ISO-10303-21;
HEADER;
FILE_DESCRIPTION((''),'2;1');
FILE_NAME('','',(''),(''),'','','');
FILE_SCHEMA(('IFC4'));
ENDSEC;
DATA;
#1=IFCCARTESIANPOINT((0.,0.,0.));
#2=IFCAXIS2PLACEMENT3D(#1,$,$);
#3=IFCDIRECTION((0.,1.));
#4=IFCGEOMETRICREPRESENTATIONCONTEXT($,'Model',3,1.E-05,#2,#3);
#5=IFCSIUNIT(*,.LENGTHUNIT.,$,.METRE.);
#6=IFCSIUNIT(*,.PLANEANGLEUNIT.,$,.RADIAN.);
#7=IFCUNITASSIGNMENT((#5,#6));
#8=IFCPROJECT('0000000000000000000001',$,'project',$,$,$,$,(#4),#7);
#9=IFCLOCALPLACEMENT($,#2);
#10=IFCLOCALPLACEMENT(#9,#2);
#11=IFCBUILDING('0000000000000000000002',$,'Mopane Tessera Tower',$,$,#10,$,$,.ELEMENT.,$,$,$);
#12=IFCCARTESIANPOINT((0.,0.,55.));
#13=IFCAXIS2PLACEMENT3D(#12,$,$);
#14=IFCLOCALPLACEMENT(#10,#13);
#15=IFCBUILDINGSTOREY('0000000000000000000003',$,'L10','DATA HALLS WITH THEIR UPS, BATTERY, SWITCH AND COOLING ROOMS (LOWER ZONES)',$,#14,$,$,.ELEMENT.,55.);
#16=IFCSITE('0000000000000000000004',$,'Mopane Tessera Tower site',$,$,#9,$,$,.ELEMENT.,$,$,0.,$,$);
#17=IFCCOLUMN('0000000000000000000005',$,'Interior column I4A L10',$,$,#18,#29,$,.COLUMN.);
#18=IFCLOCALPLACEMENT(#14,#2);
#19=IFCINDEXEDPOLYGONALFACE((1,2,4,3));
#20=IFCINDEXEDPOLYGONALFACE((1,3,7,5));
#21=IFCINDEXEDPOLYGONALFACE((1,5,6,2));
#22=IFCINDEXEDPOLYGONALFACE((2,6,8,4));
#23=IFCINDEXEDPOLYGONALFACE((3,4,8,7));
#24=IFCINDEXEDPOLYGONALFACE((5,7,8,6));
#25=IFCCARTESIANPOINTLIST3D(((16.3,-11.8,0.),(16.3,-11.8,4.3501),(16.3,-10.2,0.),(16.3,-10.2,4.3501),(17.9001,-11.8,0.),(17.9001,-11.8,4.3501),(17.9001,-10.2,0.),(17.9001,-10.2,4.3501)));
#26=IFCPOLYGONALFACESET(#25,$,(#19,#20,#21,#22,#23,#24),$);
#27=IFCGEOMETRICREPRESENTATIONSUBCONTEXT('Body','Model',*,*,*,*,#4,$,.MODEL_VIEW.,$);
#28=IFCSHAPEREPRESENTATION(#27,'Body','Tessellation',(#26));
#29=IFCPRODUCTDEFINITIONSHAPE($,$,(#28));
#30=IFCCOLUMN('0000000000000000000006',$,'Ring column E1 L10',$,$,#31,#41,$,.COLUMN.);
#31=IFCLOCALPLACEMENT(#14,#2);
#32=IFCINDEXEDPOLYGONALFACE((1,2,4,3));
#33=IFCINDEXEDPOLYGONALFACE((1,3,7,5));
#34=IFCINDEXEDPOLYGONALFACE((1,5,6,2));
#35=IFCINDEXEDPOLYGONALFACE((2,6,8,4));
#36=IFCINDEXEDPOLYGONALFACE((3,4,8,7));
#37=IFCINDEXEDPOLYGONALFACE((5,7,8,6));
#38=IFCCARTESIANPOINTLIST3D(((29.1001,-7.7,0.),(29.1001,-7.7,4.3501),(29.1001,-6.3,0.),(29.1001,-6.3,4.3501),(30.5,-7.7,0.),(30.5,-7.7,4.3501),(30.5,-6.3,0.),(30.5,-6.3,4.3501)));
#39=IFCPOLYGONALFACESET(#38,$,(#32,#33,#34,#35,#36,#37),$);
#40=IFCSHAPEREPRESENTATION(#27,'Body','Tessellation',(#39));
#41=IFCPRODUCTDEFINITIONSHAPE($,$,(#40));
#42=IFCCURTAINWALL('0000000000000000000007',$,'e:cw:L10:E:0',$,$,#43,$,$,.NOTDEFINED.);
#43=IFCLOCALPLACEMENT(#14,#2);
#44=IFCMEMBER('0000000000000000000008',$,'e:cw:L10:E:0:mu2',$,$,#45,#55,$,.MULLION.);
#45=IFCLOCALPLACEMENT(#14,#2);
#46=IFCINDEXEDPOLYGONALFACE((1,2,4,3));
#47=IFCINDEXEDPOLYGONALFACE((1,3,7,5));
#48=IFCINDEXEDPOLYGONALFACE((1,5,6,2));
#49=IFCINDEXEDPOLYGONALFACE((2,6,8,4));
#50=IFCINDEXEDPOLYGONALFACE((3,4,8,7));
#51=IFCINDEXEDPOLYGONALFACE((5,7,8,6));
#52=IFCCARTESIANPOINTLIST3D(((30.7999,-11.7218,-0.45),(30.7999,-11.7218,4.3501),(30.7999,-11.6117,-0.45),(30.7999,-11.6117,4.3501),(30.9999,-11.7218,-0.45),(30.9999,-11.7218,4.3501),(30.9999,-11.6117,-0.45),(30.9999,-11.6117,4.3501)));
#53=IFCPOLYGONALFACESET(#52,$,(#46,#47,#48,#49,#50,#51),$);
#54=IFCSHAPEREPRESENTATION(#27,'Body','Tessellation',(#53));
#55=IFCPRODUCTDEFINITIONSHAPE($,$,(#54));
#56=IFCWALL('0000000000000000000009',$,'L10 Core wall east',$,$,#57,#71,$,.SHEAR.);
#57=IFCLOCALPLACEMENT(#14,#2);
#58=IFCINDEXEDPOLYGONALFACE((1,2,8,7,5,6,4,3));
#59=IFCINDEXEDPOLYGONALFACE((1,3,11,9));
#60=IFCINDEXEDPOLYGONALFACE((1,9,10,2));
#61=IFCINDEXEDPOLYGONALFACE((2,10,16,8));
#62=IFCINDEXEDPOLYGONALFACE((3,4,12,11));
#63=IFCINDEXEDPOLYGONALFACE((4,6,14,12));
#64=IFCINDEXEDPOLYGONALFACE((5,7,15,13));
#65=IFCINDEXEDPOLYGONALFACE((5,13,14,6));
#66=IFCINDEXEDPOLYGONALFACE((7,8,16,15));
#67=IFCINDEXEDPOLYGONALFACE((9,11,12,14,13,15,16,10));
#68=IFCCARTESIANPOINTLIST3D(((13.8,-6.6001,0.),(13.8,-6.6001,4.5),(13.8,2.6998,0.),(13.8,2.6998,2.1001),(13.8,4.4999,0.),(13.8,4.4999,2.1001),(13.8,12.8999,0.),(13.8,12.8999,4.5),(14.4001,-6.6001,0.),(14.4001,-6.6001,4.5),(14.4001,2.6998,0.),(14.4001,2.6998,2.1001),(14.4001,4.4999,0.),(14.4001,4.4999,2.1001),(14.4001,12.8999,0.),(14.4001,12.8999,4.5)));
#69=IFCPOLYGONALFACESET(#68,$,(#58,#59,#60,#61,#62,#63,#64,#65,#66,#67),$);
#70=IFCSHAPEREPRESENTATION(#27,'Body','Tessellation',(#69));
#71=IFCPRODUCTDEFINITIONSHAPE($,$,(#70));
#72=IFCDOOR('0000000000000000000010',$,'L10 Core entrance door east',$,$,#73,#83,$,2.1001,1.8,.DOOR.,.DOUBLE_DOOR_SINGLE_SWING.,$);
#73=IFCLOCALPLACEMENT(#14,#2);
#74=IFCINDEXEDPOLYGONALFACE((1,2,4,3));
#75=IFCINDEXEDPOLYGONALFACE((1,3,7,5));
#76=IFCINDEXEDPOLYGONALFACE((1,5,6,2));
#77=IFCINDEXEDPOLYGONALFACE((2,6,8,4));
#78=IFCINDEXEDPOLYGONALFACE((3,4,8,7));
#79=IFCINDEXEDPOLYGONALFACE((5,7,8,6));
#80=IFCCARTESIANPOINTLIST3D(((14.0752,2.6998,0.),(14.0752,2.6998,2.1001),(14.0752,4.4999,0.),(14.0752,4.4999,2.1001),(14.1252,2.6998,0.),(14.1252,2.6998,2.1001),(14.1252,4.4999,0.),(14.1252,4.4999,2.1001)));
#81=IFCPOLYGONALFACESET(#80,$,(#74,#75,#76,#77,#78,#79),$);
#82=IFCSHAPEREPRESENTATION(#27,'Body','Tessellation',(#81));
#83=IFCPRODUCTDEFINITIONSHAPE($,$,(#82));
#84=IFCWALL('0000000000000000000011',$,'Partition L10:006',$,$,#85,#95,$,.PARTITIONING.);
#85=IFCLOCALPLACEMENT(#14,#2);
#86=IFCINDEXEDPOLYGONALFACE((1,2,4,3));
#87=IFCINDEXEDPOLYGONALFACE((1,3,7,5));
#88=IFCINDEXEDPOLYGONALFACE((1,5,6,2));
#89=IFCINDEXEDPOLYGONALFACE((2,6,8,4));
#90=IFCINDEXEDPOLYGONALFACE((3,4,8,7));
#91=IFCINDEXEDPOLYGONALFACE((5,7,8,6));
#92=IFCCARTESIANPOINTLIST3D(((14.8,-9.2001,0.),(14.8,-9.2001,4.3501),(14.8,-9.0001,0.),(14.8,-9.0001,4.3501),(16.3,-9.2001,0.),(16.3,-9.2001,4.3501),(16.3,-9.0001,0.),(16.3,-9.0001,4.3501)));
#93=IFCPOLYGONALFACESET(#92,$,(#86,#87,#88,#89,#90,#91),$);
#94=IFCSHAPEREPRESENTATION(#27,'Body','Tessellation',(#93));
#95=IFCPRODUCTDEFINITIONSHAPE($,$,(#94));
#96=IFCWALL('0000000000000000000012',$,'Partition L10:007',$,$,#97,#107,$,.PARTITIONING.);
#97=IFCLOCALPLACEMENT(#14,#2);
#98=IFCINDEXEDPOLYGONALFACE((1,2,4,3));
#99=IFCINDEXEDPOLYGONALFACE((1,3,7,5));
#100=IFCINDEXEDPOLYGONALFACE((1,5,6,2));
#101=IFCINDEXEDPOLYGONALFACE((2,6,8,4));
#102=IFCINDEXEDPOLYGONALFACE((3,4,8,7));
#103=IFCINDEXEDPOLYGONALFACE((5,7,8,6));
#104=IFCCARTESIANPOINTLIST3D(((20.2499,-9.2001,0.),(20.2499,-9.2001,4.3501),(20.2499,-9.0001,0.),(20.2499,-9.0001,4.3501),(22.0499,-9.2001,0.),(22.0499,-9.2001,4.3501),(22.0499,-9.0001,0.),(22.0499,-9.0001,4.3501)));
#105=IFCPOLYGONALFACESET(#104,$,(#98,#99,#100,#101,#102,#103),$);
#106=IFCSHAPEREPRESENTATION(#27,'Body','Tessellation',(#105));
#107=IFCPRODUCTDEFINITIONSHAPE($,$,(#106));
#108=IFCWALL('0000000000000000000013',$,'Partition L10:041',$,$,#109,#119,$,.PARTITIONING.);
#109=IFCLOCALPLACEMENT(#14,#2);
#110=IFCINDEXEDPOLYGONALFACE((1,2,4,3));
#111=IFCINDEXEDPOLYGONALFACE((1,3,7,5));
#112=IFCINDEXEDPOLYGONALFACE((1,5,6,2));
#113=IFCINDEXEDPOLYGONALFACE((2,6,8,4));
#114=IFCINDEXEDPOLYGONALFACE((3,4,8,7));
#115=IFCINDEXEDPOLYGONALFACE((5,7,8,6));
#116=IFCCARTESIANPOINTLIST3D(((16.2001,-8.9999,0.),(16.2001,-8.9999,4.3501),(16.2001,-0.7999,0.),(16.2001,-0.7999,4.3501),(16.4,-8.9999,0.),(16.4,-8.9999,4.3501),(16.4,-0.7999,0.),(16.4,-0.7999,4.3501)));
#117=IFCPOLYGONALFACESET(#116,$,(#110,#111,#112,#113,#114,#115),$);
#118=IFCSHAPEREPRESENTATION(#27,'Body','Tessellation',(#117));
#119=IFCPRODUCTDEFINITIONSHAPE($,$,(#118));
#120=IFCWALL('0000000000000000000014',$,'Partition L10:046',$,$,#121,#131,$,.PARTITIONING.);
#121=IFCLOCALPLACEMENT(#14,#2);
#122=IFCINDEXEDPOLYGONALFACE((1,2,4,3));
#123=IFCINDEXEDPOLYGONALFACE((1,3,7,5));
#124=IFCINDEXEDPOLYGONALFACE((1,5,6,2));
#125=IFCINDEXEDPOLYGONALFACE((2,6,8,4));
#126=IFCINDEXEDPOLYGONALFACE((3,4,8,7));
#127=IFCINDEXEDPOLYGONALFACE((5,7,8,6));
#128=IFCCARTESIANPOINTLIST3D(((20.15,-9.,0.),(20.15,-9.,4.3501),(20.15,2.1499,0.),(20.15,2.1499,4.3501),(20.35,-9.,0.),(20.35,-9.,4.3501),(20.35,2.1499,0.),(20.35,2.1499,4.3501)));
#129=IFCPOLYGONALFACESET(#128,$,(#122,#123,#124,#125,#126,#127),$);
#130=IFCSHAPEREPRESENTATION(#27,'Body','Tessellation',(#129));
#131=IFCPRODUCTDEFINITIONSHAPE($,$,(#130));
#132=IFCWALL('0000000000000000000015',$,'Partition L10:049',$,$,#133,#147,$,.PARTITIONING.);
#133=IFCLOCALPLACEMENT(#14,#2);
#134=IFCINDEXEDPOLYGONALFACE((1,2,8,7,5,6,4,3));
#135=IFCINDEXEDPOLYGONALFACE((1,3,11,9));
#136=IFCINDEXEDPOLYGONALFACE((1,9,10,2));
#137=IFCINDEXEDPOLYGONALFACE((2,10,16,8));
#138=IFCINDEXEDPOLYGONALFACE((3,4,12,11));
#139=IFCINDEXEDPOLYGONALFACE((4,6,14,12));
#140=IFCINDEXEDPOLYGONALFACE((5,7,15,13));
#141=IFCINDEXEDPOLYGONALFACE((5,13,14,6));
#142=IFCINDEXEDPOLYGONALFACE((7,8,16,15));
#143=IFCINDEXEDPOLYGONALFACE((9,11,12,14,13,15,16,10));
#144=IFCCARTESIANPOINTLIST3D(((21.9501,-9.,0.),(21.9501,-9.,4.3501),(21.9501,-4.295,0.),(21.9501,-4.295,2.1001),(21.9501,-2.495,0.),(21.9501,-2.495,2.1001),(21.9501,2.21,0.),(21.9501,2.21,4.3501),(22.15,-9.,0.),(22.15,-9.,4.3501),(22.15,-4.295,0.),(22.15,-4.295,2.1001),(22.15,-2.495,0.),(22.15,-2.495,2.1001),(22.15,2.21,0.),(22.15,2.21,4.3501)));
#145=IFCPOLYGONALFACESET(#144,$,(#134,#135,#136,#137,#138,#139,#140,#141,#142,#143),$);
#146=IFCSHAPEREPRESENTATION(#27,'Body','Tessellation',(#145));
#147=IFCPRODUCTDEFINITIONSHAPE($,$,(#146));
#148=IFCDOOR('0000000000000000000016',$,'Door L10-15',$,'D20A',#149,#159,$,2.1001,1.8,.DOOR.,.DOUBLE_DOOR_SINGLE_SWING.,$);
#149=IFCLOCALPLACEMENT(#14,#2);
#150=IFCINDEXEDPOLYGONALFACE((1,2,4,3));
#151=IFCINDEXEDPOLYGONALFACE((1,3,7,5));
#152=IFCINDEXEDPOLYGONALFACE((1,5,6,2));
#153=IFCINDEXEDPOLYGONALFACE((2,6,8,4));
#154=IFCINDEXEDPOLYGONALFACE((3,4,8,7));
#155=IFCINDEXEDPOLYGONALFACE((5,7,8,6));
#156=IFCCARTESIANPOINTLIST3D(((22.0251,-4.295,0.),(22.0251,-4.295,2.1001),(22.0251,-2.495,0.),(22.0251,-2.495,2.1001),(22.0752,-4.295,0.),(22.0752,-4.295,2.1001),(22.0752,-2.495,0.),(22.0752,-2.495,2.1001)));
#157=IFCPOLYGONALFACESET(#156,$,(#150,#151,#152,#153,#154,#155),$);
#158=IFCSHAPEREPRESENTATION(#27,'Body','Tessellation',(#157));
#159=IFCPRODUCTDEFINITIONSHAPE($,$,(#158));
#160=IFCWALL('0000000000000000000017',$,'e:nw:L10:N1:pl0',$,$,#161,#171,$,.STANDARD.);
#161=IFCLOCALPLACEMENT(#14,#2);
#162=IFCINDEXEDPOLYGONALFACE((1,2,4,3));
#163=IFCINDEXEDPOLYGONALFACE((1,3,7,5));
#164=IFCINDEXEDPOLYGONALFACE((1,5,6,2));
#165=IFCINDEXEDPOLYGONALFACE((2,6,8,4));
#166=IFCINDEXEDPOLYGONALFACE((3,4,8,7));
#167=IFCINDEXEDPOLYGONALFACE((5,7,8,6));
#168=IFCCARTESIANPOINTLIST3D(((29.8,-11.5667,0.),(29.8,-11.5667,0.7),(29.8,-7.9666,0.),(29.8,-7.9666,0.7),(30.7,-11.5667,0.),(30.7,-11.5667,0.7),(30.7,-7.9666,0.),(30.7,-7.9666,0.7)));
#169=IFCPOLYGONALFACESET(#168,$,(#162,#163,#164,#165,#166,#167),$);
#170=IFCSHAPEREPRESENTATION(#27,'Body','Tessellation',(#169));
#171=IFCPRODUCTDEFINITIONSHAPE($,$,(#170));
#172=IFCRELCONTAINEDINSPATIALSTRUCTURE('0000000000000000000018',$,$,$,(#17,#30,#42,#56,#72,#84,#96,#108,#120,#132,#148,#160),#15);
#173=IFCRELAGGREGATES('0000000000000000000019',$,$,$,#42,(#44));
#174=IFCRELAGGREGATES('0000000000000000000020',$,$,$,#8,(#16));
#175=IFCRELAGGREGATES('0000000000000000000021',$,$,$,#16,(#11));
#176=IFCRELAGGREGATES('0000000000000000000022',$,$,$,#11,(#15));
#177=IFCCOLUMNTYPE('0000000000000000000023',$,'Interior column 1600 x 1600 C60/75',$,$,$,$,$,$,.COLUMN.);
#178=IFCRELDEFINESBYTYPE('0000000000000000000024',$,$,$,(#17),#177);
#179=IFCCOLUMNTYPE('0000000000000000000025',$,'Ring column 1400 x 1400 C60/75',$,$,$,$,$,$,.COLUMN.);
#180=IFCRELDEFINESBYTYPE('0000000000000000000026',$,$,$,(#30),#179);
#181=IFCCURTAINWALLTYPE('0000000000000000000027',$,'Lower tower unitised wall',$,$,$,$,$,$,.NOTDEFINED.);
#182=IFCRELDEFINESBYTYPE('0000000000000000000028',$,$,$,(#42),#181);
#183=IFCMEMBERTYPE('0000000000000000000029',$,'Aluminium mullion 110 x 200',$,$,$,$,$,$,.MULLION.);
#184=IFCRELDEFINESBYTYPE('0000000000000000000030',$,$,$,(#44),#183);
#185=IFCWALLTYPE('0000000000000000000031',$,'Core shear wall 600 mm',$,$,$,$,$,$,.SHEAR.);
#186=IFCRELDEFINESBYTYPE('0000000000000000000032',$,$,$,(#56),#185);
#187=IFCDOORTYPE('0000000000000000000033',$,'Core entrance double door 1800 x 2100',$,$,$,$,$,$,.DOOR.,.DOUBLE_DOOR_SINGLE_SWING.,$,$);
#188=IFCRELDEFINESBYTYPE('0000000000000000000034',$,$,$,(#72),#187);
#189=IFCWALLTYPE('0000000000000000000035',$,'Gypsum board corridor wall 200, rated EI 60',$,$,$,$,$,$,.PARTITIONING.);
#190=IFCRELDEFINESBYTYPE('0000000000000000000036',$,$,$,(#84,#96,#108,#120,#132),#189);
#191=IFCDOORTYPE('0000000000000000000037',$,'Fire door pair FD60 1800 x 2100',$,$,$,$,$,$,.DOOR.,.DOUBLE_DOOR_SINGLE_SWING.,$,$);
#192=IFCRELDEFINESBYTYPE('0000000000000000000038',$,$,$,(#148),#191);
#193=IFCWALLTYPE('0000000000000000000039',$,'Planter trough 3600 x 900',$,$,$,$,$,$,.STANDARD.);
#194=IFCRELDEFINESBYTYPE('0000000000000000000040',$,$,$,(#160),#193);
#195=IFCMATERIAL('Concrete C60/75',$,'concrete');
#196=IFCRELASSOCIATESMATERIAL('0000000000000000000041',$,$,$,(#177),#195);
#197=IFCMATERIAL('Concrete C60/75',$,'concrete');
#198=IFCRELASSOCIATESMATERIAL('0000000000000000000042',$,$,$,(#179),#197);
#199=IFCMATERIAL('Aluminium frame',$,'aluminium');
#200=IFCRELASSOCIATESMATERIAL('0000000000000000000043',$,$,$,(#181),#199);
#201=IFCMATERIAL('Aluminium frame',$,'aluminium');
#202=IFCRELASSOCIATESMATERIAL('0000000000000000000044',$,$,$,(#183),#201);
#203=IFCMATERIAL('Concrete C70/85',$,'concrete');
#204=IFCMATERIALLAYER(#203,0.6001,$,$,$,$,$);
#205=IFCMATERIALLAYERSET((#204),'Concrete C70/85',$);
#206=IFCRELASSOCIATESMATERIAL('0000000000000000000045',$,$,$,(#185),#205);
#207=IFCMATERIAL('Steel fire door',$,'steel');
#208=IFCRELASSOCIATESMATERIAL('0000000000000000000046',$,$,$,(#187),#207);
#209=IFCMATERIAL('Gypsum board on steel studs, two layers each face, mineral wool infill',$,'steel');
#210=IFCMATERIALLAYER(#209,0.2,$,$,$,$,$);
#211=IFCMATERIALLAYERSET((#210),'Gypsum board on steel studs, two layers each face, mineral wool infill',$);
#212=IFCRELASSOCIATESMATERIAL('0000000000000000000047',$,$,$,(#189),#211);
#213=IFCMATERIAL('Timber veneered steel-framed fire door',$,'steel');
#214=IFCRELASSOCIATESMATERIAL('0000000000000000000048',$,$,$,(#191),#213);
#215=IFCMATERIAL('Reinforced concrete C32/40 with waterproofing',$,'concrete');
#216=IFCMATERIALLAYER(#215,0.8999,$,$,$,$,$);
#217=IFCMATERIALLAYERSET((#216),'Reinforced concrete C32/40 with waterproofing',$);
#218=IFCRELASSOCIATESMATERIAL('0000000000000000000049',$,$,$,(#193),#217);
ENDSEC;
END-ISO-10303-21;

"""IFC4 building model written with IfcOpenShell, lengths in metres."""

from ifc_helpers import new_model, si_unit, direction, frame, frame_2d, origin, origin_2d, place, context, subcontext, project, spatial, rectangle, extrude, material, layer, layer_set, material_profile, profile_set, type_object, element, fill, aggregate, save


model = new_model("IFC4")

# Units and contexts
model_context = context("Model", 3, precision=1e-05, world=origin(), true_north=direction((0.0, 1.0)))
body_context = subcontext(model_context, "Body", "Model", "MODEL_VIEW")
ifc_project = project(units=[si_unit("LENGTHUNIT", "METRE"), si_unit("PLANEANGLEUNIT", "RADIAN")], contexts=[model_context])

# Site, building, storey
site_placement = place(None, origin())
site = spatial("IfcSite", under=ifc_project, at=site_placement, Name="Mopane Tessera Tower site", CompositionType="ELEMENT", RefElevation=0.0)
building_placement = place(site_placement, origin())
building = spatial("IfcBuilding", under=site, at=building_placement, Name="Mopane Tessera Tower", CompositionType="ELEMENT")
storey_placement = place(building_placement, frame((0.0, 0.0, 55.0)))
storey = spatial("IfcBuildingStorey", under=building, at=storey_placement, Name="L10", Description="DATA HALLS WITH THEIR UPS, BATTERY, SWITCH AND COOLING ROOMS (LOWER ZONES)", CompositionType="ELEMENT", Elevation=55.0)

# Columns
ifc_material_1 = material(Name="Concrete C60/75", Category="concrete")
ifc_material_profile_1 = material_profile(ifc_material_1, rectangle(XDim=1.6001, YDim=1.6001, at=origin_2d()))
ifc_profile_set_1 = profile_set([ifc_material_profile_1], Name="Concrete C60/75")
column_type_1 = type_object("IfcColumnType", Name="Interior column 1600 x 1600 C60/75", PredefinedType="COLUMN", material=ifc_profile_set_1)
column_1_placement = place(storey_placement, frame((17.1001, -11.0, 0.0), z_axis=(0.0, 0.0, 1.0), x_axis=(1.0, 0.0, 0.0)))
element("IfcColumn", 1, at=column_1_placement, inside=storey, type_object=column_type_1, Name="Interior column I4A L10", PredefinedType="COLUMN", context=body_context, shape_type="SweptSolid", body=[
    extrude(rectangle(XDim=1.6001, YDim=1.6001, at=origin_2d()), origin(), (0.0, 0.0, 1.0), 4.3501),
])
ifc_material_2 = material(Name="Concrete C60/75", Category="concrete")
ifc_material_profile_2 = material_profile(ifc_material_2, rectangle(XDim=1.3999, YDim=1.3999, at=origin_2d()))
ifc_profile_set_2 = profile_set([ifc_material_profile_2], Name="Concrete C60/75")
column_type_2 = type_object("IfcColumnType", Name="Ring column 1400 x 1400 C60/75", PredefinedType="COLUMN", material=ifc_profile_set_2)
column_2_placement = place(storey_placement, frame((29.8, -7.0, 0.0), z_axis=(0.0, 0.0, 1.0), x_axis=(1.0, 0.0, 0.0)))
element("IfcColumn", 2, at=column_2_placement, inside=storey, type_object=column_type_2, Name="Ring column E1 L10", PredefinedType="COLUMN", context=body_context, shape_type="SweptSolid", body=[
    extrude(rectangle(XDim=1.3999, YDim=1.3999, at=origin_2d()), origin(), (0.0, 0.0, 1.0), 4.3501),
])

# Curtain wall, member
ifc_material_3 = material(Name="Aluminium frame", Category="aluminium")
curtain_wall_type = type_object("IfcCurtainWallType", Name="Lower tower unitised wall", PredefinedType="NOTDEFINED", material=ifc_material_3)
curtain_wall_placement = place(storey_placement, origin())
curtain_wall = element("IfcCurtainWall", 3, at=curtain_wall_placement, inside=storey, type_object=curtain_wall_type, Name="e:cw:L10:E:0", PredefinedType="NOTDEFINED")
ifc_material_4 = material(Name="Aluminium frame", Category="aluminium")
ifc_material_profile_3 = material_profile(ifc_material_4, rectangle(XDim=0.1101, YDim=0.2, at=origin_2d()))
ifc_profile_set_3 = profile_set([ifc_material_profile_3], Name="Aluminium frame")
member_type = type_object("IfcMemberType", Name="Aluminium mullion 110 x 200", PredefinedType="MULLION", material=ifc_profile_set_3)
member_placement = place(storey_placement, frame((30.8999, -11.6667, -0.45), z_axis=(0.0, 0.0, 1.0), x_axis=(0.0, 1.0, 0.0)))
member = element("IfcMember", 4, at=member_placement, type_object=member_type, Name="e:cw:L10:E:0:mu2", PredefinedType="MULLION", context=body_context, shape_type="SweptSolid", body=[
    extrude(rectangle(XDim=0.1101, YDim=0.2, at=origin_2d()), origin(), (0.0, 0.0, 1.0), 4.8),
])
aggregate(curtain_wall, [member])

# Wall, opening, door
ifc_material_5 = material(Name="Concrete C70/85", Category="concrete")
ifc_layer_1 = layer(ifc_material_5, 0.6001)
ifc_layer_set_1 = layer_set([ifc_layer_1], Name="Concrete C70/85")
wall_type_1 = type_object("IfcWallType", Name="Core shear wall 600 mm", PredefinedType="SHEAR", material=ifc_layer_set_1)
wall_1_placement = place(storey_placement, frame((14.1001, -6.6001, 0.0), z_axis=(0.0, 0.0, 1.0), x_axis=(0.0, 1.0, 0.0)))
wall_1 = element("IfcWall", 5, at=wall_1_placement, inside=storey, type_object=wall_type_1, Name="L10 Core wall east", PredefinedType="SHEAR", context=body_context, shape_type="SweptSolid", body=[
    extrude(rectangle(XDim=19.5, YDim=0.6001, at=frame_2d((9.75, 0.0))), origin(), (0.0, 0.0, 1.0), 4.5),
])
opening_1_placement = place(wall_1_placement, frame((9.3, 0.0, 0.0)))
opening_1 = element("IfcOpeningElement", 6, at=opening_1_placement, cuts=wall_1, PredefinedType="OPENING", context=body_context, shape_type="SweptSolid", body=[
    extrude(rectangle(XDim=1.8, YDim=2.1001, at=frame_2d((0.8999, 1.05))), frame((0.0, 0.312, 0.0), z_axis=(0.0, -1.0, 0.0), x_axis=(1.0, 0.0, 0.0)), (0.0, 0.0, 1.0), 0.624),
])
ifc_material_6 = material(Name="Steel fire door", Category="steel")
door_type_1 = type_object("IfcDoorType", Name="Core entrance double door 1800 x 2100", OperationType="DOUBLE_DOOR_SINGLE_SWING", PredefinedType="DOOR", material=ifc_material_6)
door_1_placement = place(opening_1_placement, origin())
door_1 = element("IfcDoor", 7, at=door_1_placement, inside=storey, type_object=door_type_1, Name="L10 Core entrance door east", OperationType="DOUBLE_DOOR_SINGLE_SWING", OverallHeight=2.1001, OverallWidth=1.8, PredefinedType="DOOR", context=body_context, shape_type="SweptSolid", body=[
    extrude(rectangle(XDim=1.8, YDim=2.1001, at=frame_2d((0.8999, 1.05))), frame((0.0, 0.0249, 0.0), z_axis=(0.0, -1.0, 0.0), x_axis=(1.0, 0.0, 0.0)), (0.0, 0.0, 1.0), 0.05),
])
fill(opening_1, door_1)

# Walls
ifc_material_7 = material(Name="Gypsum board on steel studs, two layers each face, mineral wool infill", Category="steel")
ifc_layer_2 = layer(ifc_material_7, 0.2)
ifc_layer_set_2 = layer_set([ifc_layer_2], Name="Gypsum board on steel studs, two layers each face, mineral wool infill")
wall_type_2 = type_object("IfcWallType", Name="Gypsum board corridor wall 200, rated EI 60", PredefinedType="PARTITIONING", material=ifc_layer_set_2)
wall_2_placement = place(storey_placement, frame((14.8, -9.1001, 0.0), z_axis=(0.0, 0.0, 1.0), x_axis=(1.0, 0.0, 0.0)))
element("IfcWall", 8, at=wall_2_placement, inside=storey, type_object=wall_type_2, Name="Partition L10:006", PredefinedType="PARTITIONING", context=body_context, shape_type="SweptSolid", body=[
    extrude(rectangle(XDim=1.5, YDim=0.2, at=frame_2d((0.75, 0.0))), origin(), (0.0, 0.0, 1.0), 4.3501),
])
wall_3_placement = place(storey_placement, frame((20.25, -9.1001, 0.0), z_axis=(0.0, 0.0, 1.0), x_axis=(1.0, 0.0, 0.0)))
element("IfcWall", 9, at=wall_3_placement, inside=storey, type_object=wall_type_2, Name="Partition L10:007", PredefinedType="PARTITIONING", context=body_context, shape_type="SweptSolid", body=[
    extrude(rectangle(XDim=1.8, YDim=0.2, at=frame_2d((0.8999, 0.0))), origin(), (0.0, 0.0, 1.0), 4.3501),
])
wall_4_placement = place(storey_placement, frame((16.3, -9.0, 0.0), z_axis=(0.0, 0.0, 1.0), x_axis=(0.0, 1.0, 0.0)))
element("IfcWall", 10, at=wall_4_placement, inside=storey, type_object=wall_type_2, Name="Partition L10:041", PredefinedType="PARTITIONING", context=body_context, shape_type="SweptSolid", body=[
    extrude(rectangle(XDim=8.2, YDim=0.2, at=frame_2d((4.1001, 0.0))), origin(), (0.0, 0.0, 1.0), 4.3501),
])
wall_5_placement = place(storey_placement, frame((20.25, -9.0, 0.0), z_axis=(0.0, 0.0, 1.0), x_axis=(0.0, 1.0, 0.0)))
element("IfcWall", 11, at=wall_5_placement, inside=storey, type_object=wall_type_2, Name="Partition L10:046", PredefinedType="PARTITIONING", context=body_context, shape_type="SweptSolid", body=[
    extrude(rectangle(XDim=11.1499, YDim=0.2, at=frame_2d((5.575, 0.0))), origin(), (0.0, 0.0, 1.0), 4.3501),
])

# Wall, opening, door
wall_6_placement = place(storey_placement, frame((22.05, -9.0, 0.0), z_axis=(0.0, 0.0, 1.0), x_axis=(0.0, 1.0, 0.0)))
wall_6 = element("IfcWall", 12, at=wall_6_placement, inside=storey, type_object=wall_type_2, Name="Partition L10:049", PredefinedType="PARTITIONING", context=body_context, shape_type="SweptSolid", body=[
    extrude(rectangle(XDim=11.21, YDim=0.2, at=frame_2d((5.605, 0.0))), origin(), (0.0, 0.0, 1.0), 4.3501),
])
opening_2_placement = place(wall_6_placement, frame((4.7051, 0.0, 0.0)))
opening_2 = element("IfcOpeningElement", 13, at=opening_2_placement, cuts=wall_6, PredefinedType="OPENING", context=body_context, shape_type="SweptSolid", body=[
    extrude(rectangle(XDim=1.8, YDim=2.1001, at=frame_2d((0.8999, 1.05))), frame((0.0, 0.1121, 0.0), z_axis=(0.0, -1.0, 0.0), x_axis=(1.0, 0.0, 0.0)), (0.0, 0.0, 1.0), 0.2239),
])
ifc_material_8 = material(Name="Timber veneered steel-framed fire door", Category="steel")
door_type_2 = type_object("IfcDoorType", Name="Fire door pair FD60 1800 x 2100", OperationType="DOUBLE_DOOR_SINGLE_SWING", PredefinedType="DOOR", material=ifc_material_8)
door_2_placement = place(opening_2_placement, origin())
door_2 = element("IfcDoor", 14, at=door_2_placement, inside=storey, type_object=door_type_2, Name="Door L10-15", ObjectType="D20A", OperationType="DOUBLE_DOOR_SINGLE_SWING", OverallHeight=2.1001, OverallWidth=1.8, PredefinedType="DOOR", context=body_context, shape_type="SweptSolid", body=[
    extrude(rectangle(XDim=1.8, YDim=2.1001, at=frame_2d((0.8999, 1.05))), frame((0.0, 0.0249, 0.0), z_axis=(0.0, -1.0, 0.0), x_axis=(1.0, 0.0, 0.0)), (0.0, 0.0, 1.0), 0.05),
])
fill(opening_2, door_2)

# Wall
ifc_material_9 = material(Name="Reinforced concrete C32/40 with waterproofing", Category="concrete")
ifc_layer_3 = layer(ifc_material_9, 0.8999)
ifc_layer_set_3 = layer_set([ifc_layer_3], Name="Reinforced concrete C32/40 with waterproofing")
wall_type_3 = type_object("IfcWallType", Name="Planter trough 3600 x 900", PredefinedType="STANDARD", material=ifc_layer_set_3)
for number, where, z_axis, x_axis, name in (
    (15, (30.25, -11.5667, 0.0), (0.0, 0.0, 1.0), (0.0, 1.0, 0.0), "e:nw:L10:N1:pl0"),
):
    element("IfcWall", number, at=place(storey_placement, frame(where, z_axis=z_axis, x_axis=x_axis)), inside=storey, type_object=wall_type_3, Name=name, PredefinedType="STANDARD", context=body_context, shape_type="SweptSolid", body=[
        extrude(rectangle(XDim=3.6001, YDim=0.8999, at=frame_2d((1.8, 0.0))), origin(), (0.0, 0.0, 1.0), 0.7),
    ])

save(model, "model.ifc")
